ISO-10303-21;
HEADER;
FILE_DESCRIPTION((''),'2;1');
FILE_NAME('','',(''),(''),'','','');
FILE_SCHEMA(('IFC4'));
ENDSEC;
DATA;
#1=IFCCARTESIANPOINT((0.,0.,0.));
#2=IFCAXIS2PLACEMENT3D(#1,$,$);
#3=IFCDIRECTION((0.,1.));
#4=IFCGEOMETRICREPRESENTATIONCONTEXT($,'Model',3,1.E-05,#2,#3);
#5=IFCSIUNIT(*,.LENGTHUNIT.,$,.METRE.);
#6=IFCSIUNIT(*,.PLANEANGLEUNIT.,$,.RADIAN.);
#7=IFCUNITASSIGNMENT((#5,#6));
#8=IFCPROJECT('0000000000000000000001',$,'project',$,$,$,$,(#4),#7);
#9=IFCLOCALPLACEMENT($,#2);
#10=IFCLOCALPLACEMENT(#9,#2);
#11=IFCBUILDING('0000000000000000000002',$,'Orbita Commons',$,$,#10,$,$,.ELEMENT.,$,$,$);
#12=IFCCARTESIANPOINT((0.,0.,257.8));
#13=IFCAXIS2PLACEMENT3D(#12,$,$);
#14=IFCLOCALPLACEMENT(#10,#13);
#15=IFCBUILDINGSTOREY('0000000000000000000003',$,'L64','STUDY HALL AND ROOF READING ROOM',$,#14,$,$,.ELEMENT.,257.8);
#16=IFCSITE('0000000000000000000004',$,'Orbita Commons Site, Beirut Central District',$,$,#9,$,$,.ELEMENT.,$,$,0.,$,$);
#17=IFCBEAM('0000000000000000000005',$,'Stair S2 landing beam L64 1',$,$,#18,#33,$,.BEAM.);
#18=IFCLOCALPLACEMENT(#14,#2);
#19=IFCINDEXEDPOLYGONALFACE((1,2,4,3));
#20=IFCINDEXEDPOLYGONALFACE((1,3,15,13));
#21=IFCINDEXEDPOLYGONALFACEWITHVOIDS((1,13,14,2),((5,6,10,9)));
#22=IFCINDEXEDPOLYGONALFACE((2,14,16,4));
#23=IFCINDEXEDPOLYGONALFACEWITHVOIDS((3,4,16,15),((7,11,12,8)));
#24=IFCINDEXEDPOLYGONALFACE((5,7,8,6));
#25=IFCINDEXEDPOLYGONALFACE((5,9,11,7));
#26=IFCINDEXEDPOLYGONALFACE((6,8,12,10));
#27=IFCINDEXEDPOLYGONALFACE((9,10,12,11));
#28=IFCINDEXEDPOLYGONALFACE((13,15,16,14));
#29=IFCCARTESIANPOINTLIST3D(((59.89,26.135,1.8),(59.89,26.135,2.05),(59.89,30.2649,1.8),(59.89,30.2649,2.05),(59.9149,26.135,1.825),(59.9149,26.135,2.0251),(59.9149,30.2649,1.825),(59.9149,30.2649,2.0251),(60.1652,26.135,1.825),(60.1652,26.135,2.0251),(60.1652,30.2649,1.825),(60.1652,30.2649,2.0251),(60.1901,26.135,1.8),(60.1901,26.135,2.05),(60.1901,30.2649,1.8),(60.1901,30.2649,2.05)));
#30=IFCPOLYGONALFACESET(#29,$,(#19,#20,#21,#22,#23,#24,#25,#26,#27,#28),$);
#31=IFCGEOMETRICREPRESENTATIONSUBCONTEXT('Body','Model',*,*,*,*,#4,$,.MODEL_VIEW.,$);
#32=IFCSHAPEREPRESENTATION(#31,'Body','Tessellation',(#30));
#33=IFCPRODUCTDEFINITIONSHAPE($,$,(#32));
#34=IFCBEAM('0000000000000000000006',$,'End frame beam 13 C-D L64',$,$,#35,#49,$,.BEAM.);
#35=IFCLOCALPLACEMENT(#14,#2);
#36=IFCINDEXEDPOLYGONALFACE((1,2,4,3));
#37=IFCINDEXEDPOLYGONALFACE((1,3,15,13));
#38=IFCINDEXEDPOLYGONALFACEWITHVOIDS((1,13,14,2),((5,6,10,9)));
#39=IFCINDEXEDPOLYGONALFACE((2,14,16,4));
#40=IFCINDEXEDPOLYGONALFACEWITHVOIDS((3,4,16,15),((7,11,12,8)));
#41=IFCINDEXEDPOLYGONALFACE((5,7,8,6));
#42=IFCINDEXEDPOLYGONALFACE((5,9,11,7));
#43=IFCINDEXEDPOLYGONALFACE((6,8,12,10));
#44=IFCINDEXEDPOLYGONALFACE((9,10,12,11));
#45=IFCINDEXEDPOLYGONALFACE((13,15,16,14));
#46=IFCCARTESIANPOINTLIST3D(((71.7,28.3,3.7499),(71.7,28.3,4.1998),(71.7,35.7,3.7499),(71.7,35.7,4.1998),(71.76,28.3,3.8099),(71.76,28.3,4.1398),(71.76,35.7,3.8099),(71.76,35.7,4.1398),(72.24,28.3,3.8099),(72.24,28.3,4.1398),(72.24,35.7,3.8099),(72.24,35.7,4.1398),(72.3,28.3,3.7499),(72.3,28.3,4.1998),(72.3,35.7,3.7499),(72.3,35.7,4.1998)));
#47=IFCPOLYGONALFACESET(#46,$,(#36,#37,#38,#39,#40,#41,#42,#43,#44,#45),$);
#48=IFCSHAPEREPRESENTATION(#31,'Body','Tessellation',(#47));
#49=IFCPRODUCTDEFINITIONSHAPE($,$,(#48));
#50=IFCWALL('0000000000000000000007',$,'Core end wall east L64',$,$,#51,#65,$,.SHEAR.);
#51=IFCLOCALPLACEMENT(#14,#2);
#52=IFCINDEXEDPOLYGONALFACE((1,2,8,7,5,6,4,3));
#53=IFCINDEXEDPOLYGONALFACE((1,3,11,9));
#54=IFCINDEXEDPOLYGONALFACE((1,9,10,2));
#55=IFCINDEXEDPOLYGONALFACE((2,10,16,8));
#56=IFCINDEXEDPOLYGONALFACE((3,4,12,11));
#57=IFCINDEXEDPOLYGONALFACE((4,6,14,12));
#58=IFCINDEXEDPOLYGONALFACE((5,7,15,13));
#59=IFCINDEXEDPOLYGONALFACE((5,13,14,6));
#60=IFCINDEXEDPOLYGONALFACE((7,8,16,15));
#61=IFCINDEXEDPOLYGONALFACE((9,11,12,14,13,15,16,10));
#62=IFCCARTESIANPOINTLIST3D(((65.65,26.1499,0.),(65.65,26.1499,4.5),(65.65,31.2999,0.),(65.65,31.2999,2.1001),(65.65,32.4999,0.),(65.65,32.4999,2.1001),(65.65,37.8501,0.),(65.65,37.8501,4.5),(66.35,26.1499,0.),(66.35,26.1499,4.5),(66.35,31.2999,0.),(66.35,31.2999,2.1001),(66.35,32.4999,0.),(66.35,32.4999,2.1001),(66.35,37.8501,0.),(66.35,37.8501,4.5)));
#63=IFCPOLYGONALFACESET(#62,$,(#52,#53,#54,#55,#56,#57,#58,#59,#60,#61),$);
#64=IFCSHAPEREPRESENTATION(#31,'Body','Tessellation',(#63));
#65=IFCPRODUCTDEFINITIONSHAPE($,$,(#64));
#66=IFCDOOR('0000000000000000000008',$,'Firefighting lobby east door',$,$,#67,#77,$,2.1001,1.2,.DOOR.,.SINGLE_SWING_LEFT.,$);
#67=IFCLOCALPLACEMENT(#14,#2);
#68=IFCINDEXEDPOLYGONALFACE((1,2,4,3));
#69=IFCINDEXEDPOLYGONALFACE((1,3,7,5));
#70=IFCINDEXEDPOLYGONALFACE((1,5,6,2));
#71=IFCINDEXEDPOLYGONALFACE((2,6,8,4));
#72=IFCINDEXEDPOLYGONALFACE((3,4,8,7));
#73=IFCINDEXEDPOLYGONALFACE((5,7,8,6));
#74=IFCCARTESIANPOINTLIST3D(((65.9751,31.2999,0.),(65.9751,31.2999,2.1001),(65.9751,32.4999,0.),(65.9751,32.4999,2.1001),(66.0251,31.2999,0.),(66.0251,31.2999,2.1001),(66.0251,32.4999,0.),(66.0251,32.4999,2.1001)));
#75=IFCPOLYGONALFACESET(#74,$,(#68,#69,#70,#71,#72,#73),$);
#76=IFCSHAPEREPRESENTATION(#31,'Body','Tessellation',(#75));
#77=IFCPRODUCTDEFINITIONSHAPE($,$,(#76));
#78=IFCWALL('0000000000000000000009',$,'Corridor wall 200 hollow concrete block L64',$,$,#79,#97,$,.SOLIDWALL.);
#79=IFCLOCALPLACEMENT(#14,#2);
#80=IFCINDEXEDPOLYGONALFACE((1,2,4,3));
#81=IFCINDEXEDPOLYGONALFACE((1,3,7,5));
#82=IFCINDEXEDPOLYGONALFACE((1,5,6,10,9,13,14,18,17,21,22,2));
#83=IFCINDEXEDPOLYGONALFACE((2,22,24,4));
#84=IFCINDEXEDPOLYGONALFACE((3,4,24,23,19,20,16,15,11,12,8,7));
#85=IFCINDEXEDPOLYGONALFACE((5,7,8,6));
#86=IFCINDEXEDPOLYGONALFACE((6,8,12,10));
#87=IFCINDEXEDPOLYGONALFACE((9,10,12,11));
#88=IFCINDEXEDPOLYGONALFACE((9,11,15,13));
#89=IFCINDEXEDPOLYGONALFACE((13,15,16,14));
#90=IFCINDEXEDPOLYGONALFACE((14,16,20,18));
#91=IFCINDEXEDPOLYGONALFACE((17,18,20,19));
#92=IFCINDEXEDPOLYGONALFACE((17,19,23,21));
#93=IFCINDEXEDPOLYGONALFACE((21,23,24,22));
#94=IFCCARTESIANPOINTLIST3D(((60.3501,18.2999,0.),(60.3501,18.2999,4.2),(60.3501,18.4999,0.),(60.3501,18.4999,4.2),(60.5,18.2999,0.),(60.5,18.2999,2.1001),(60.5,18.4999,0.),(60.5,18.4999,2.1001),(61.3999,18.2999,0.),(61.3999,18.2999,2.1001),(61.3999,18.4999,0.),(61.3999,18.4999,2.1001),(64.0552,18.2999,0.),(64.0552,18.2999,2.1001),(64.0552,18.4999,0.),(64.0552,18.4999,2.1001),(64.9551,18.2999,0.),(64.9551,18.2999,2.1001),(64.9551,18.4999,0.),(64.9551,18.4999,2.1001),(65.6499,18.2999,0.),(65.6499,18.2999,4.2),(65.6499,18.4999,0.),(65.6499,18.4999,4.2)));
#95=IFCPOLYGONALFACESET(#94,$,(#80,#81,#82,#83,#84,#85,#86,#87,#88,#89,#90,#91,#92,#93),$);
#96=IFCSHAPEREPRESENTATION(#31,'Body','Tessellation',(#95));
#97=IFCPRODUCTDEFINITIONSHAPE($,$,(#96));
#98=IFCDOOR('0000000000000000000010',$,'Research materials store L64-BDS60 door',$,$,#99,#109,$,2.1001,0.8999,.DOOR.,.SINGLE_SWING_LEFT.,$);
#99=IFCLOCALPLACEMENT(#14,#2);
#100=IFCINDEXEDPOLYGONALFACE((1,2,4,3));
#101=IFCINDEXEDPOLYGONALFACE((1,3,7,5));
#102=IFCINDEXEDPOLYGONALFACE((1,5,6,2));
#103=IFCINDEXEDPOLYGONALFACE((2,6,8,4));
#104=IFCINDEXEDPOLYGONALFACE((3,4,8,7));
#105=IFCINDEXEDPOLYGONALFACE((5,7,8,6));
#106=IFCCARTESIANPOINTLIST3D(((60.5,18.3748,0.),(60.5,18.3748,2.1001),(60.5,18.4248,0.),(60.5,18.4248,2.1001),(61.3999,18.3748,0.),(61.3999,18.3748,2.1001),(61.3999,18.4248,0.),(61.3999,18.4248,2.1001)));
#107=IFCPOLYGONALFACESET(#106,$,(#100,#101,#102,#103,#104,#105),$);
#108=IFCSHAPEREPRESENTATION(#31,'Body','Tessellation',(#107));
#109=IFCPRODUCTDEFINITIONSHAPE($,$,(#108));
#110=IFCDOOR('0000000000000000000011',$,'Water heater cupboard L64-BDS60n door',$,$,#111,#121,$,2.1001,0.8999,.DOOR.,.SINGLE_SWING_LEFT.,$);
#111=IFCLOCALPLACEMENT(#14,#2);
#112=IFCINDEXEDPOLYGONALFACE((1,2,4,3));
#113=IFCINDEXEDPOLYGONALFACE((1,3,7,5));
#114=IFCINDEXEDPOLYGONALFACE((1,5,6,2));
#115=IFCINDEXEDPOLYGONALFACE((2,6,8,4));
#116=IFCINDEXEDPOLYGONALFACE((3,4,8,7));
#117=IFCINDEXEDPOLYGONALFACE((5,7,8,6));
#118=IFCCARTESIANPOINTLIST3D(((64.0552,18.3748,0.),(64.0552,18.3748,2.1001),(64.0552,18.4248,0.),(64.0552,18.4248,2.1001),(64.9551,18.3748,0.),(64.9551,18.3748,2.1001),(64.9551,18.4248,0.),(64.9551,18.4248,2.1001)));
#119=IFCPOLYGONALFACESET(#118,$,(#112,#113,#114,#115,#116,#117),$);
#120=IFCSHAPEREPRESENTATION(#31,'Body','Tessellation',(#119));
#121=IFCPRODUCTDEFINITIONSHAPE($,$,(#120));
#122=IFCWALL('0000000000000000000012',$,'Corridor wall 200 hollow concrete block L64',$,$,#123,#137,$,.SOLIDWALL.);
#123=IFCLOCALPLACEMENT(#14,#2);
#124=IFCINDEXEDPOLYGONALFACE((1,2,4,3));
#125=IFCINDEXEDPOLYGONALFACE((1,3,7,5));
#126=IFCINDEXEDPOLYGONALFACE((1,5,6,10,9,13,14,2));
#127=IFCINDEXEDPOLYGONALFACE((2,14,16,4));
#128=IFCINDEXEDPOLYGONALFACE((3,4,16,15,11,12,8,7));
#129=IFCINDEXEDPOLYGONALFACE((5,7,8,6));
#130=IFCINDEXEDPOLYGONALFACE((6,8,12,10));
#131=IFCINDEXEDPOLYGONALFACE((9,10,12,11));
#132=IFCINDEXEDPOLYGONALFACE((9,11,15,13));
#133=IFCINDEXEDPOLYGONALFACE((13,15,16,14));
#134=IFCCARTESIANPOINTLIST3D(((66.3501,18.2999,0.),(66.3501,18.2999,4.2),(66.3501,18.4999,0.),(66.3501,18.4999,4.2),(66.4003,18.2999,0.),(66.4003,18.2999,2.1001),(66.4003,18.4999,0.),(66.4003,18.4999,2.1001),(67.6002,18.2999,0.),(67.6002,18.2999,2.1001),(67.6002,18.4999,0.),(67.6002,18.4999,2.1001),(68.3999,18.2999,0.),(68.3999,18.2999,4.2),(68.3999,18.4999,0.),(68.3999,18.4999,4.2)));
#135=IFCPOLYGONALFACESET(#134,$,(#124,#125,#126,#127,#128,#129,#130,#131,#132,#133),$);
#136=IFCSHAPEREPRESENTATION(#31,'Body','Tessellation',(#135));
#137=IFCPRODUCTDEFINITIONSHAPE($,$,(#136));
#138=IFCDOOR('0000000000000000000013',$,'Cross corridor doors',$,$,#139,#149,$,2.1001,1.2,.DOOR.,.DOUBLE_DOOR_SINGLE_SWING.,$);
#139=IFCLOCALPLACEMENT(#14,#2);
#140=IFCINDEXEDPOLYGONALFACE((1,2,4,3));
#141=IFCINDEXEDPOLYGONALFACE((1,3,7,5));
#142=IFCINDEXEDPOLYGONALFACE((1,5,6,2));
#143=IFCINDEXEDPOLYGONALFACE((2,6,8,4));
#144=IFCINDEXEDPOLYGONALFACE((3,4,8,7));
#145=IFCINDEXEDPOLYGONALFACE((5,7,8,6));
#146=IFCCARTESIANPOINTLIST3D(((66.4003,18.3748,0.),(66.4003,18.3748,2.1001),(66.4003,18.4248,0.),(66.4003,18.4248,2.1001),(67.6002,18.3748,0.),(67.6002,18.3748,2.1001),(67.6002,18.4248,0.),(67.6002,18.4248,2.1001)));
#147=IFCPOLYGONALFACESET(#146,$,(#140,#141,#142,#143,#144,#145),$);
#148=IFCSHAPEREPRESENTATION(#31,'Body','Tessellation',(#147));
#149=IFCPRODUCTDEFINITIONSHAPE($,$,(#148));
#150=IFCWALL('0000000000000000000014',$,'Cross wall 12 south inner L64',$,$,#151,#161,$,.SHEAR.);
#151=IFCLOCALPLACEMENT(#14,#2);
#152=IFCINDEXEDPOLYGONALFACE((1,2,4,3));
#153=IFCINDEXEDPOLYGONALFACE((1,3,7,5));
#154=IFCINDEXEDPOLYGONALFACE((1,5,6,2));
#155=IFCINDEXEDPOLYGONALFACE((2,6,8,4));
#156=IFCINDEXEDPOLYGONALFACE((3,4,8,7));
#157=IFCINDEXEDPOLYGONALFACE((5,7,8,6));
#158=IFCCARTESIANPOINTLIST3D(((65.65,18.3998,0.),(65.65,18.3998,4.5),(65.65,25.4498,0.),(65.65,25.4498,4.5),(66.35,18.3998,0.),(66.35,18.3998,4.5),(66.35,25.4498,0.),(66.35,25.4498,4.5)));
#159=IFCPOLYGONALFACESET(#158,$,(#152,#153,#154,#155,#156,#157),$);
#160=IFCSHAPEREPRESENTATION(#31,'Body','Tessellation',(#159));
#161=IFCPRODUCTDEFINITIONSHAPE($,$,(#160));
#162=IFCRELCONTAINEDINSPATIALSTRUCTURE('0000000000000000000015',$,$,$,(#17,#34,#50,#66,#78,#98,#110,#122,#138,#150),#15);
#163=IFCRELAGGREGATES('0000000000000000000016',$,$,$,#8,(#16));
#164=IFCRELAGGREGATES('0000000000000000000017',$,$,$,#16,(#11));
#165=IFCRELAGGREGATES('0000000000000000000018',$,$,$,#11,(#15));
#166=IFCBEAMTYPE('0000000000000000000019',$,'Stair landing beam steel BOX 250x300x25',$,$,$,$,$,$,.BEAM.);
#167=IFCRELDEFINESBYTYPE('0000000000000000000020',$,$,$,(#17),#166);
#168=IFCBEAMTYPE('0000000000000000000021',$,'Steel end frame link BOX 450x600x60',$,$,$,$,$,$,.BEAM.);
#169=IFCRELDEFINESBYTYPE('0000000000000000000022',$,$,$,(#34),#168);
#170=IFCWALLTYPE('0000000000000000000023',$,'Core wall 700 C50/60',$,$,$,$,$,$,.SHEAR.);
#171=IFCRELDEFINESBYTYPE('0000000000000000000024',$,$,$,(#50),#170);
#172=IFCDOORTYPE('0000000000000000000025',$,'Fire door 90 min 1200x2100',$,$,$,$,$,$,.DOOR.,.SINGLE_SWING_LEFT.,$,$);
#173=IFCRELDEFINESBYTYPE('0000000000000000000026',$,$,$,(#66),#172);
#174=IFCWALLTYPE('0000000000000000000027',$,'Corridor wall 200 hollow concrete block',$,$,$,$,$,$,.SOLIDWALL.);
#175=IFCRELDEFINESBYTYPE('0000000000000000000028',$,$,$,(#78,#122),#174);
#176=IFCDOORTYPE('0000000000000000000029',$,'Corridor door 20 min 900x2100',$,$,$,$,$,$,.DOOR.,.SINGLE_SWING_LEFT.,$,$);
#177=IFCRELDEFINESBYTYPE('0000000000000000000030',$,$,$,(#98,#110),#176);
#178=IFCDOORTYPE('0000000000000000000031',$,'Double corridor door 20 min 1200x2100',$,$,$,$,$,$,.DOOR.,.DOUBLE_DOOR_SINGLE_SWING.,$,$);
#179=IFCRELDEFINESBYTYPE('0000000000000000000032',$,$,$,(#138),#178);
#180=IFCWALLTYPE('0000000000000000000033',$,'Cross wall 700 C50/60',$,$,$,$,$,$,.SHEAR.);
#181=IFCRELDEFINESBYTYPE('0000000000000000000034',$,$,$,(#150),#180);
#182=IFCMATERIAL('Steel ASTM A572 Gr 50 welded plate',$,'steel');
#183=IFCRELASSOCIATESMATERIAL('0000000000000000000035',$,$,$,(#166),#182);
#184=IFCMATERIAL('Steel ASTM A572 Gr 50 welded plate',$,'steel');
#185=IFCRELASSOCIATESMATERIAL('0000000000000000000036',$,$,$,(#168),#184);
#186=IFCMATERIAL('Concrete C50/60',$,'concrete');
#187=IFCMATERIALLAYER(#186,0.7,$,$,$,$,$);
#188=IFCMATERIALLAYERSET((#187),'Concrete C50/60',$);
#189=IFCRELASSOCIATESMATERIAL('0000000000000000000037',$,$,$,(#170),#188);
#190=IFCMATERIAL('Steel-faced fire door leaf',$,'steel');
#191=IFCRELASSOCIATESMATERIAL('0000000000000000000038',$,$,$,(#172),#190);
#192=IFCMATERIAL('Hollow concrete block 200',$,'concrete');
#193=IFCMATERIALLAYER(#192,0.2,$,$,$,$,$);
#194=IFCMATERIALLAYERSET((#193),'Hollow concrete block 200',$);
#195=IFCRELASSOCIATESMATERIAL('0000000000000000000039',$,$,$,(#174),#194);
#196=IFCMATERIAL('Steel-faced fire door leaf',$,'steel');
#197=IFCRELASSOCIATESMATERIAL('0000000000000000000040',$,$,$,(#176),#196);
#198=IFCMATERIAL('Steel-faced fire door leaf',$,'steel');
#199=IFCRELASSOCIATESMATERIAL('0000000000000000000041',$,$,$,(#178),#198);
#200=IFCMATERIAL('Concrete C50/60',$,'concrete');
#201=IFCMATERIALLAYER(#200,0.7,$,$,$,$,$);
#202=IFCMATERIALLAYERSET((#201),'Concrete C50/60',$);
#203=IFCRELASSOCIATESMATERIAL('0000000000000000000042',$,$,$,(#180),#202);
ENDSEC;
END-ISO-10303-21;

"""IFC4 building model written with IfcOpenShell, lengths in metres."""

from ifc_helpers import new_model, si_unit, direction, frame, frame_2d, origin, origin_2d, place, context, subcontext, project, spatial, rectangle, hollow_rectangle, extrude, material, layer, layer_set, material_profile, profile_set, type_object, element, fill, save


model = new_model("IFC4")

# Units and contexts
model_context = context("Model", 3, precision=1e-05, world=origin(), true_north=direction((0.0, 1.0)))
body_context = subcontext(model_context, "Body", "Model", "MODEL_VIEW")
ifc_project = project(units=[si_unit("LENGTHUNIT", "METRE"), si_unit("PLANEANGLEUNIT", "RADIAN")], contexts=[model_context])

# Site, building, storey
site_placement = place(None, origin())
site = spatial("IfcSite", under=ifc_project, at=site_placement, Name="Orbita Commons Site, Beirut Central District", CompositionType="ELEMENT", RefElevation=0.0)
building_placement = place(site_placement, origin())
building = spatial("IfcBuilding", under=site, at=building_placement, Name="Orbita Commons", CompositionType="ELEMENT")
storey_placement = place(building_placement, frame((0.0, 0.0, 257.8)))
storey = spatial("IfcBuildingStorey", under=building, at=storey_placement, Name="L64", Description="STUDY HALL AND ROOF READING ROOM", CompositionType="ELEMENT", Elevation=257.8)

# Beams
ifc_material_1 = material(Name="Steel ASTM A572 Gr 50 welded plate", Category="steel")
ifc_material_profile_1 = material_profile(ifc_material_1, hollow_rectangle(XDim=0.3, YDim=0.25, WallThickness=0.0249, at=origin_2d()), Name="BOX 250x300x25")
ifc_profile_set_1 = profile_set([ifc_material_profile_1], Name="Steel ASTM A572 Gr 50 welded plate")
beam_type_1 = type_object("IfcBeamType", Name="Stair landing beam steel BOX 250x300x25", PredefinedType="BEAM", material=ifc_profile_set_1)
beam_1_placement = place(storey_placement, frame((60.04, 26.135, 1.925), z_axis=(0.0, 1.0, 0.0), x_axis=(-1.0, 0.0, 0.0)))
element("IfcBeam", 1, at=beam_1_placement, inside=storey, type_object=beam_type_1, Name="Stair S2 landing beam L64 1", PredefinedType="BEAM", context=body_context, shape_type="SweptSolid", body=[
    extrude(hollow_rectangle(XDim=0.3, YDim=0.25, WallThickness=0.0249, at=origin_2d()), origin(), (0.0, 0.0, 1.0), 4.1299),
])
ifc_material_2 = material(Name="Steel ASTM A572 Gr 50 welded plate", Category="steel")
ifc_material_profile_2 = material_profile(ifc_material_2, hollow_rectangle(XDim=0.6001, YDim=0.45, WallThickness=0.0601, at=origin_2d()), Name="BOX 450x600x60")
ifc_profile_set_2 = profile_set([ifc_material_profile_2], Name="Steel ASTM A572 Gr 50 welded plate")
beam_type_2 = type_object("IfcBeamType", Name="Steel end frame link BOX 450x600x60", PredefinedType="BEAM", material=ifc_profile_set_2)
beam_2_placement = place(storey_placement, frame((72.0, 28.3, 3.9749), z_axis=(0.0, 1.0, 0.0), x_axis=(-1.0, 0.0, 0.0)))
element("IfcBeam", 2, at=beam_2_placement, inside=storey, type_object=beam_type_2, Name="End frame beam 13 C-D L64", PredefinedType="BEAM", context=body_context, shape_type="SweptSolid", body=[
    extrude(hollow_rectangle(XDim=0.6001, YDim=0.45, WallThickness=0.0601, at=origin_2d()), origin(), (0.0, 0.0, 1.0), 7.3999),
])

# Wall, opening, door
ifc_material_3 = material(Name="Concrete C50/60", Category="concrete")
ifc_layer_1 = layer(ifc_material_3, 0.7)
ifc_layer_set_1 = layer_set([ifc_layer_1], Name="Concrete C50/60")
wall_type_1 = type_object("IfcWallType", Name="Core wall 700 C50/60", PredefinedType="SHEAR", material=ifc_layer_set_1)
wall_1_placement = place(storey_placement, frame((66.0, 26.1499, 0.0), z_axis=(0.0, 0.0, 1.0), x_axis=(0.0, 1.0, 0.0)))
wall_1 = element("IfcWall", 3, at=wall_1_placement, inside=storey, type_object=wall_type_1, Name="Core end wall east L64", PredefinedType="SHEAR", context=body_context, shape_type="SweptSolid", body=[
    extrude(rectangle(XDim=11.7002, YDim=0.7, at=frame_2d((5.8501, 0.0))), origin(), (0.0, 0.0, 1.0), 4.5),
])
opening_1_placement = place(wall_1_placement, frame((5.1499, 0.0, 0.0)))
opening_1 = element("IfcOpeningElement", 4, at=opening_1_placement, cuts=wall_1, PredefinedType="OPENING", context=body_context, shape_type="SweptSolid", body=[
    extrude(rectangle(XDim=1.2, YDim=2.1001, at=frame_2d((0.6001, 1.05))), frame((0.0, 0.3599, 0.0), z_axis=(0.0, -1.0, 0.0), x_axis=(1.0, 0.0, 0.0)), (0.0, 0.0, 1.0), 0.72),
])
ifc_material_4 = material(Name="Steel-faced fire door leaf", Category="steel")
door_type_1 = type_object("IfcDoorType", Name="Fire door 90 min 1200x2100", OperationType="SINGLE_SWING_LEFT", PredefinedType="DOOR", material=ifc_material_4)
door_1_placement = place(opening_1_placement, origin())
door_1 = element("IfcDoor", 5, at=door_1_placement, inside=storey, type_object=door_type_1, Name="Firefighting lobby east door", OperationType="SINGLE_SWING_LEFT", OverallHeight=2.1001, OverallWidth=1.2, PredefinedType="DOOR", context=body_context, shape_type="SweptSolid", body=[
    extrude(rectangle(XDim=1.2, YDim=2.1001, at=frame_2d((0.6001, 1.05))), frame((0.0, 0.0249, 0.0), z_axis=(0.0, -1.0, 0.0), x_axis=(1.0, 0.0, 0.0)), (0.0, 0.0, 1.0), 0.05),
])
fill(opening_1, door_1)

# Wall, openings, doors
ifc_material_5 = material(Name="Hollow concrete block 200", Category="concrete")
ifc_layer_2 = layer(ifc_material_5, 0.2)
ifc_layer_set_2 = layer_set([ifc_layer_2], Name="Hollow concrete block 200")
wall_type_2 = type_object("IfcWallType", Name="Corridor wall 200 hollow concrete block", PredefinedType="SOLIDWALL", material=ifc_layer_set_2)
wall_2_placement = place(storey_placement, frame((60.3501, 18.3999, 0.0), z_axis=(0.0, 0.0, 1.0), x_axis=(1.0, 0.0, 0.0)))
wall_2 = element("IfcWall", 6, at=wall_2_placement, inside=storey, type_object=wall_type_2, Name="Corridor wall 200 hollow concrete block L64", PredefinedType="SOLIDWALL", context=body_context, shape_type="SweptSolid", body=[
    extrude(rectangle(XDim=5.2998, YDim=0.2, at=frame_2d((2.6499, 0.0))), origin(), (0.0, 0.0, 1.0), 4.2),
])
opening_2_placement = place(wall_2_placement, frame((0.1499, 0.0, 0.0)))
opening_2 = element("IfcOpeningElement", 7, at=opening_2_placement, cuts=wall_2, PredefinedType="OPENING", context=body_context, shape_type="SweptSolid", body=[
    extrude(rectangle(XDim=0.8999, YDim=2.1001, at=frame_2d((0.45, 1.05))), frame((0.0, 0.1099, 0.0), z_axis=(0.0, -1.0, 0.0), x_axis=(1.0, 0.0, 0.0)), (0.0, 0.0, 1.0), 0.22),
])
opening_3_placement = place(wall_2_placement, frame((3.7051, 0.0, 0.0)))
opening_3 = element("IfcOpeningElement", 8, at=opening_3_placement, cuts=wall_2, PredefinedType="OPENING", context=body_context, shape_type="SweptSolid", body=[
    extrude(rectangle(XDim=0.8999, YDim=2.1001, at=frame_2d((0.45, 1.05))), frame((0.0, 0.1099, 0.0), z_axis=(0.0, -1.0, 0.0), x_axis=(1.0, 0.0, 0.0)), (0.0, 0.0, 1.0), 0.22),
])
ifc_material_6 = material(Name="Steel-faced fire door leaf", Category="steel")
door_type_2 = type_object("IfcDoorType", Name="Corridor door 20 min 900x2100", OperationType="SINGLE_SWING_LEFT", PredefinedType="DOOR", material=ifc_material_6)
door_2_placement = place(opening_2_placement, origin())
door_2 = element("IfcDoor", 9, at=door_2_placement, inside=storey, type_object=door_type_2, Name="Research materials store L64-BDS60 door", OperationType="SINGLE_SWING_LEFT", OverallHeight=2.1001, OverallWidth=0.8999, PredefinedType="DOOR", context=body_context, shape_type="SweptSolid", body=[
    extrude(rectangle(XDim=0.8999, YDim=2.1001, at=frame_2d((0.45, 1.05))), frame((0.0, 0.0249, 0.0), z_axis=(0.0, -1.0, 0.0), x_axis=(1.0, 0.0, 0.0)), (0.0, 0.0, 1.0), 0.05),
])
fill(opening_2, door_2)
door_3_placement = place(opening_3_placement, origin())
door_3 = element("IfcDoor", 10, at=door_3_placement, inside=storey, type_object=door_type_2, Name="Water heater cupboard L64-BDS60n door", OperationType="SINGLE_SWING_LEFT", OverallHeight=2.1001, OverallWidth=0.8999, PredefinedType="DOOR", context=body_context, shape_type="SweptSolid", body=[
    extrude(rectangle(XDim=0.8999, YDim=2.1001, at=frame_2d((0.45, 1.05))), frame((0.0, 0.0249, 0.0), z_axis=(0.0, -1.0, 0.0), x_axis=(1.0, 0.0, 0.0)), (0.0, 0.0, 1.0), 0.05),
])
fill(opening_3, door_3)

# Wall, opening, door
wall_3_placement = place(storey_placement, frame((66.3501, 18.3999, 0.0), z_axis=(0.0, 0.0, 1.0), x_axis=(1.0, 0.0, 0.0)))
wall_3 = element("IfcWall", 11, at=wall_3_placement, inside=storey, type_object=wall_type_2, Name="Corridor wall 200 hollow concrete block L64", PredefinedType="SOLIDWALL", context=body_context, shape_type="SweptSolid", body=[
    extrude(rectangle(XDim=2.0498, YDim=0.2, at=frame_2d((1.0249, 0.0))), origin(), (0.0, 0.0, 1.0), 4.2),
])
opening_4_placement = place(wall_3_placement, frame((0.05, 0.0, 0.0)))
opening_4 = element("IfcOpeningElement", 12, at=opening_4_placement, cuts=wall_3, PredefinedType="OPENING", context=body_context, shape_type="SweptSolid", body=[
    extrude(rectangle(XDim=1.2, YDim=2.1001, at=frame_2d((0.6001, 1.05))), frame((0.0, 0.1099, 0.0), z_axis=(0.0, -1.0, 0.0), x_axis=(1.0, 0.0, 0.0)), (0.0, 0.0, 1.0), 0.22),
])
ifc_material_7 = material(Name="Steel-faced fire door leaf", Category="steel")
door_type_3 = type_object("IfcDoorType", Name="Double corridor door 20 min 1200x2100", OperationType="DOUBLE_DOOR_SINGLE_SWING", PredefinedType="DOOR", material=ifc_material_7)
door_4_placement = place(opening_4_placement, origin())
door_4 = element("IfcDoor", 13, at=door_4_placement, inside=storey, type_object=door_type_3, Name="Cross corridor doors", OperationType="DOUBLE_DOOR_SINGLE_SWING", OverallHeight=2.1001, OverallWidth=1.2, PredefinedType="DOOR", context=body_context, shape_type="SweptSolid", body=[
    extrude(rectangle(XDim=1.2, YDim=2.1001, at=frame_2d((0.6001, 1.05))), frame((0.0, 0.0249, 0.0), z_axis=(0.0, -1.0, 0.0), x_axis=(1.0, 0.0, 0.0)), (0.0, 0.0, 1.0), 0.05),
])
fill(opening_4, door_4)

# Wall
ifc_material_8 = material(Name="Concrete C50/60", Category="concrete")
ifc_layer_3 = layer(ifc_material_8, 0.7)
ifc_layer_set_3 = layer_set([ifc_layer_3], Name="Concrete C50/60")
wall_type_3 = type_object("IfcWallType", Name="Cross wall 700 C50/60", PredefinedType="SHEAR", material=ifc_layer_set_3)
wall_4_placement = place(storey_placement, frame((66.0, 18.3999, 0.0), z_axis=(0.0, 0.0, 1.0), x_axis=(0.0, 1.0, 0.0)))
element("IfcWall", 14, at=wall_4_placement, inside=storey, type_object=wall_type_3, Name="Cross wall 12 south inner L64", PredefinedType="SHEAR", context=body_context, shape_type="SweptSolid", body=[
    extrude(rectangle(XDim=7.05, YDim=0.7, at=frame_2d((3.5249, 0.0))), origin(), (0.0, 0.0, 1.0), 4.5),
])

save(model, "model.ifc")
